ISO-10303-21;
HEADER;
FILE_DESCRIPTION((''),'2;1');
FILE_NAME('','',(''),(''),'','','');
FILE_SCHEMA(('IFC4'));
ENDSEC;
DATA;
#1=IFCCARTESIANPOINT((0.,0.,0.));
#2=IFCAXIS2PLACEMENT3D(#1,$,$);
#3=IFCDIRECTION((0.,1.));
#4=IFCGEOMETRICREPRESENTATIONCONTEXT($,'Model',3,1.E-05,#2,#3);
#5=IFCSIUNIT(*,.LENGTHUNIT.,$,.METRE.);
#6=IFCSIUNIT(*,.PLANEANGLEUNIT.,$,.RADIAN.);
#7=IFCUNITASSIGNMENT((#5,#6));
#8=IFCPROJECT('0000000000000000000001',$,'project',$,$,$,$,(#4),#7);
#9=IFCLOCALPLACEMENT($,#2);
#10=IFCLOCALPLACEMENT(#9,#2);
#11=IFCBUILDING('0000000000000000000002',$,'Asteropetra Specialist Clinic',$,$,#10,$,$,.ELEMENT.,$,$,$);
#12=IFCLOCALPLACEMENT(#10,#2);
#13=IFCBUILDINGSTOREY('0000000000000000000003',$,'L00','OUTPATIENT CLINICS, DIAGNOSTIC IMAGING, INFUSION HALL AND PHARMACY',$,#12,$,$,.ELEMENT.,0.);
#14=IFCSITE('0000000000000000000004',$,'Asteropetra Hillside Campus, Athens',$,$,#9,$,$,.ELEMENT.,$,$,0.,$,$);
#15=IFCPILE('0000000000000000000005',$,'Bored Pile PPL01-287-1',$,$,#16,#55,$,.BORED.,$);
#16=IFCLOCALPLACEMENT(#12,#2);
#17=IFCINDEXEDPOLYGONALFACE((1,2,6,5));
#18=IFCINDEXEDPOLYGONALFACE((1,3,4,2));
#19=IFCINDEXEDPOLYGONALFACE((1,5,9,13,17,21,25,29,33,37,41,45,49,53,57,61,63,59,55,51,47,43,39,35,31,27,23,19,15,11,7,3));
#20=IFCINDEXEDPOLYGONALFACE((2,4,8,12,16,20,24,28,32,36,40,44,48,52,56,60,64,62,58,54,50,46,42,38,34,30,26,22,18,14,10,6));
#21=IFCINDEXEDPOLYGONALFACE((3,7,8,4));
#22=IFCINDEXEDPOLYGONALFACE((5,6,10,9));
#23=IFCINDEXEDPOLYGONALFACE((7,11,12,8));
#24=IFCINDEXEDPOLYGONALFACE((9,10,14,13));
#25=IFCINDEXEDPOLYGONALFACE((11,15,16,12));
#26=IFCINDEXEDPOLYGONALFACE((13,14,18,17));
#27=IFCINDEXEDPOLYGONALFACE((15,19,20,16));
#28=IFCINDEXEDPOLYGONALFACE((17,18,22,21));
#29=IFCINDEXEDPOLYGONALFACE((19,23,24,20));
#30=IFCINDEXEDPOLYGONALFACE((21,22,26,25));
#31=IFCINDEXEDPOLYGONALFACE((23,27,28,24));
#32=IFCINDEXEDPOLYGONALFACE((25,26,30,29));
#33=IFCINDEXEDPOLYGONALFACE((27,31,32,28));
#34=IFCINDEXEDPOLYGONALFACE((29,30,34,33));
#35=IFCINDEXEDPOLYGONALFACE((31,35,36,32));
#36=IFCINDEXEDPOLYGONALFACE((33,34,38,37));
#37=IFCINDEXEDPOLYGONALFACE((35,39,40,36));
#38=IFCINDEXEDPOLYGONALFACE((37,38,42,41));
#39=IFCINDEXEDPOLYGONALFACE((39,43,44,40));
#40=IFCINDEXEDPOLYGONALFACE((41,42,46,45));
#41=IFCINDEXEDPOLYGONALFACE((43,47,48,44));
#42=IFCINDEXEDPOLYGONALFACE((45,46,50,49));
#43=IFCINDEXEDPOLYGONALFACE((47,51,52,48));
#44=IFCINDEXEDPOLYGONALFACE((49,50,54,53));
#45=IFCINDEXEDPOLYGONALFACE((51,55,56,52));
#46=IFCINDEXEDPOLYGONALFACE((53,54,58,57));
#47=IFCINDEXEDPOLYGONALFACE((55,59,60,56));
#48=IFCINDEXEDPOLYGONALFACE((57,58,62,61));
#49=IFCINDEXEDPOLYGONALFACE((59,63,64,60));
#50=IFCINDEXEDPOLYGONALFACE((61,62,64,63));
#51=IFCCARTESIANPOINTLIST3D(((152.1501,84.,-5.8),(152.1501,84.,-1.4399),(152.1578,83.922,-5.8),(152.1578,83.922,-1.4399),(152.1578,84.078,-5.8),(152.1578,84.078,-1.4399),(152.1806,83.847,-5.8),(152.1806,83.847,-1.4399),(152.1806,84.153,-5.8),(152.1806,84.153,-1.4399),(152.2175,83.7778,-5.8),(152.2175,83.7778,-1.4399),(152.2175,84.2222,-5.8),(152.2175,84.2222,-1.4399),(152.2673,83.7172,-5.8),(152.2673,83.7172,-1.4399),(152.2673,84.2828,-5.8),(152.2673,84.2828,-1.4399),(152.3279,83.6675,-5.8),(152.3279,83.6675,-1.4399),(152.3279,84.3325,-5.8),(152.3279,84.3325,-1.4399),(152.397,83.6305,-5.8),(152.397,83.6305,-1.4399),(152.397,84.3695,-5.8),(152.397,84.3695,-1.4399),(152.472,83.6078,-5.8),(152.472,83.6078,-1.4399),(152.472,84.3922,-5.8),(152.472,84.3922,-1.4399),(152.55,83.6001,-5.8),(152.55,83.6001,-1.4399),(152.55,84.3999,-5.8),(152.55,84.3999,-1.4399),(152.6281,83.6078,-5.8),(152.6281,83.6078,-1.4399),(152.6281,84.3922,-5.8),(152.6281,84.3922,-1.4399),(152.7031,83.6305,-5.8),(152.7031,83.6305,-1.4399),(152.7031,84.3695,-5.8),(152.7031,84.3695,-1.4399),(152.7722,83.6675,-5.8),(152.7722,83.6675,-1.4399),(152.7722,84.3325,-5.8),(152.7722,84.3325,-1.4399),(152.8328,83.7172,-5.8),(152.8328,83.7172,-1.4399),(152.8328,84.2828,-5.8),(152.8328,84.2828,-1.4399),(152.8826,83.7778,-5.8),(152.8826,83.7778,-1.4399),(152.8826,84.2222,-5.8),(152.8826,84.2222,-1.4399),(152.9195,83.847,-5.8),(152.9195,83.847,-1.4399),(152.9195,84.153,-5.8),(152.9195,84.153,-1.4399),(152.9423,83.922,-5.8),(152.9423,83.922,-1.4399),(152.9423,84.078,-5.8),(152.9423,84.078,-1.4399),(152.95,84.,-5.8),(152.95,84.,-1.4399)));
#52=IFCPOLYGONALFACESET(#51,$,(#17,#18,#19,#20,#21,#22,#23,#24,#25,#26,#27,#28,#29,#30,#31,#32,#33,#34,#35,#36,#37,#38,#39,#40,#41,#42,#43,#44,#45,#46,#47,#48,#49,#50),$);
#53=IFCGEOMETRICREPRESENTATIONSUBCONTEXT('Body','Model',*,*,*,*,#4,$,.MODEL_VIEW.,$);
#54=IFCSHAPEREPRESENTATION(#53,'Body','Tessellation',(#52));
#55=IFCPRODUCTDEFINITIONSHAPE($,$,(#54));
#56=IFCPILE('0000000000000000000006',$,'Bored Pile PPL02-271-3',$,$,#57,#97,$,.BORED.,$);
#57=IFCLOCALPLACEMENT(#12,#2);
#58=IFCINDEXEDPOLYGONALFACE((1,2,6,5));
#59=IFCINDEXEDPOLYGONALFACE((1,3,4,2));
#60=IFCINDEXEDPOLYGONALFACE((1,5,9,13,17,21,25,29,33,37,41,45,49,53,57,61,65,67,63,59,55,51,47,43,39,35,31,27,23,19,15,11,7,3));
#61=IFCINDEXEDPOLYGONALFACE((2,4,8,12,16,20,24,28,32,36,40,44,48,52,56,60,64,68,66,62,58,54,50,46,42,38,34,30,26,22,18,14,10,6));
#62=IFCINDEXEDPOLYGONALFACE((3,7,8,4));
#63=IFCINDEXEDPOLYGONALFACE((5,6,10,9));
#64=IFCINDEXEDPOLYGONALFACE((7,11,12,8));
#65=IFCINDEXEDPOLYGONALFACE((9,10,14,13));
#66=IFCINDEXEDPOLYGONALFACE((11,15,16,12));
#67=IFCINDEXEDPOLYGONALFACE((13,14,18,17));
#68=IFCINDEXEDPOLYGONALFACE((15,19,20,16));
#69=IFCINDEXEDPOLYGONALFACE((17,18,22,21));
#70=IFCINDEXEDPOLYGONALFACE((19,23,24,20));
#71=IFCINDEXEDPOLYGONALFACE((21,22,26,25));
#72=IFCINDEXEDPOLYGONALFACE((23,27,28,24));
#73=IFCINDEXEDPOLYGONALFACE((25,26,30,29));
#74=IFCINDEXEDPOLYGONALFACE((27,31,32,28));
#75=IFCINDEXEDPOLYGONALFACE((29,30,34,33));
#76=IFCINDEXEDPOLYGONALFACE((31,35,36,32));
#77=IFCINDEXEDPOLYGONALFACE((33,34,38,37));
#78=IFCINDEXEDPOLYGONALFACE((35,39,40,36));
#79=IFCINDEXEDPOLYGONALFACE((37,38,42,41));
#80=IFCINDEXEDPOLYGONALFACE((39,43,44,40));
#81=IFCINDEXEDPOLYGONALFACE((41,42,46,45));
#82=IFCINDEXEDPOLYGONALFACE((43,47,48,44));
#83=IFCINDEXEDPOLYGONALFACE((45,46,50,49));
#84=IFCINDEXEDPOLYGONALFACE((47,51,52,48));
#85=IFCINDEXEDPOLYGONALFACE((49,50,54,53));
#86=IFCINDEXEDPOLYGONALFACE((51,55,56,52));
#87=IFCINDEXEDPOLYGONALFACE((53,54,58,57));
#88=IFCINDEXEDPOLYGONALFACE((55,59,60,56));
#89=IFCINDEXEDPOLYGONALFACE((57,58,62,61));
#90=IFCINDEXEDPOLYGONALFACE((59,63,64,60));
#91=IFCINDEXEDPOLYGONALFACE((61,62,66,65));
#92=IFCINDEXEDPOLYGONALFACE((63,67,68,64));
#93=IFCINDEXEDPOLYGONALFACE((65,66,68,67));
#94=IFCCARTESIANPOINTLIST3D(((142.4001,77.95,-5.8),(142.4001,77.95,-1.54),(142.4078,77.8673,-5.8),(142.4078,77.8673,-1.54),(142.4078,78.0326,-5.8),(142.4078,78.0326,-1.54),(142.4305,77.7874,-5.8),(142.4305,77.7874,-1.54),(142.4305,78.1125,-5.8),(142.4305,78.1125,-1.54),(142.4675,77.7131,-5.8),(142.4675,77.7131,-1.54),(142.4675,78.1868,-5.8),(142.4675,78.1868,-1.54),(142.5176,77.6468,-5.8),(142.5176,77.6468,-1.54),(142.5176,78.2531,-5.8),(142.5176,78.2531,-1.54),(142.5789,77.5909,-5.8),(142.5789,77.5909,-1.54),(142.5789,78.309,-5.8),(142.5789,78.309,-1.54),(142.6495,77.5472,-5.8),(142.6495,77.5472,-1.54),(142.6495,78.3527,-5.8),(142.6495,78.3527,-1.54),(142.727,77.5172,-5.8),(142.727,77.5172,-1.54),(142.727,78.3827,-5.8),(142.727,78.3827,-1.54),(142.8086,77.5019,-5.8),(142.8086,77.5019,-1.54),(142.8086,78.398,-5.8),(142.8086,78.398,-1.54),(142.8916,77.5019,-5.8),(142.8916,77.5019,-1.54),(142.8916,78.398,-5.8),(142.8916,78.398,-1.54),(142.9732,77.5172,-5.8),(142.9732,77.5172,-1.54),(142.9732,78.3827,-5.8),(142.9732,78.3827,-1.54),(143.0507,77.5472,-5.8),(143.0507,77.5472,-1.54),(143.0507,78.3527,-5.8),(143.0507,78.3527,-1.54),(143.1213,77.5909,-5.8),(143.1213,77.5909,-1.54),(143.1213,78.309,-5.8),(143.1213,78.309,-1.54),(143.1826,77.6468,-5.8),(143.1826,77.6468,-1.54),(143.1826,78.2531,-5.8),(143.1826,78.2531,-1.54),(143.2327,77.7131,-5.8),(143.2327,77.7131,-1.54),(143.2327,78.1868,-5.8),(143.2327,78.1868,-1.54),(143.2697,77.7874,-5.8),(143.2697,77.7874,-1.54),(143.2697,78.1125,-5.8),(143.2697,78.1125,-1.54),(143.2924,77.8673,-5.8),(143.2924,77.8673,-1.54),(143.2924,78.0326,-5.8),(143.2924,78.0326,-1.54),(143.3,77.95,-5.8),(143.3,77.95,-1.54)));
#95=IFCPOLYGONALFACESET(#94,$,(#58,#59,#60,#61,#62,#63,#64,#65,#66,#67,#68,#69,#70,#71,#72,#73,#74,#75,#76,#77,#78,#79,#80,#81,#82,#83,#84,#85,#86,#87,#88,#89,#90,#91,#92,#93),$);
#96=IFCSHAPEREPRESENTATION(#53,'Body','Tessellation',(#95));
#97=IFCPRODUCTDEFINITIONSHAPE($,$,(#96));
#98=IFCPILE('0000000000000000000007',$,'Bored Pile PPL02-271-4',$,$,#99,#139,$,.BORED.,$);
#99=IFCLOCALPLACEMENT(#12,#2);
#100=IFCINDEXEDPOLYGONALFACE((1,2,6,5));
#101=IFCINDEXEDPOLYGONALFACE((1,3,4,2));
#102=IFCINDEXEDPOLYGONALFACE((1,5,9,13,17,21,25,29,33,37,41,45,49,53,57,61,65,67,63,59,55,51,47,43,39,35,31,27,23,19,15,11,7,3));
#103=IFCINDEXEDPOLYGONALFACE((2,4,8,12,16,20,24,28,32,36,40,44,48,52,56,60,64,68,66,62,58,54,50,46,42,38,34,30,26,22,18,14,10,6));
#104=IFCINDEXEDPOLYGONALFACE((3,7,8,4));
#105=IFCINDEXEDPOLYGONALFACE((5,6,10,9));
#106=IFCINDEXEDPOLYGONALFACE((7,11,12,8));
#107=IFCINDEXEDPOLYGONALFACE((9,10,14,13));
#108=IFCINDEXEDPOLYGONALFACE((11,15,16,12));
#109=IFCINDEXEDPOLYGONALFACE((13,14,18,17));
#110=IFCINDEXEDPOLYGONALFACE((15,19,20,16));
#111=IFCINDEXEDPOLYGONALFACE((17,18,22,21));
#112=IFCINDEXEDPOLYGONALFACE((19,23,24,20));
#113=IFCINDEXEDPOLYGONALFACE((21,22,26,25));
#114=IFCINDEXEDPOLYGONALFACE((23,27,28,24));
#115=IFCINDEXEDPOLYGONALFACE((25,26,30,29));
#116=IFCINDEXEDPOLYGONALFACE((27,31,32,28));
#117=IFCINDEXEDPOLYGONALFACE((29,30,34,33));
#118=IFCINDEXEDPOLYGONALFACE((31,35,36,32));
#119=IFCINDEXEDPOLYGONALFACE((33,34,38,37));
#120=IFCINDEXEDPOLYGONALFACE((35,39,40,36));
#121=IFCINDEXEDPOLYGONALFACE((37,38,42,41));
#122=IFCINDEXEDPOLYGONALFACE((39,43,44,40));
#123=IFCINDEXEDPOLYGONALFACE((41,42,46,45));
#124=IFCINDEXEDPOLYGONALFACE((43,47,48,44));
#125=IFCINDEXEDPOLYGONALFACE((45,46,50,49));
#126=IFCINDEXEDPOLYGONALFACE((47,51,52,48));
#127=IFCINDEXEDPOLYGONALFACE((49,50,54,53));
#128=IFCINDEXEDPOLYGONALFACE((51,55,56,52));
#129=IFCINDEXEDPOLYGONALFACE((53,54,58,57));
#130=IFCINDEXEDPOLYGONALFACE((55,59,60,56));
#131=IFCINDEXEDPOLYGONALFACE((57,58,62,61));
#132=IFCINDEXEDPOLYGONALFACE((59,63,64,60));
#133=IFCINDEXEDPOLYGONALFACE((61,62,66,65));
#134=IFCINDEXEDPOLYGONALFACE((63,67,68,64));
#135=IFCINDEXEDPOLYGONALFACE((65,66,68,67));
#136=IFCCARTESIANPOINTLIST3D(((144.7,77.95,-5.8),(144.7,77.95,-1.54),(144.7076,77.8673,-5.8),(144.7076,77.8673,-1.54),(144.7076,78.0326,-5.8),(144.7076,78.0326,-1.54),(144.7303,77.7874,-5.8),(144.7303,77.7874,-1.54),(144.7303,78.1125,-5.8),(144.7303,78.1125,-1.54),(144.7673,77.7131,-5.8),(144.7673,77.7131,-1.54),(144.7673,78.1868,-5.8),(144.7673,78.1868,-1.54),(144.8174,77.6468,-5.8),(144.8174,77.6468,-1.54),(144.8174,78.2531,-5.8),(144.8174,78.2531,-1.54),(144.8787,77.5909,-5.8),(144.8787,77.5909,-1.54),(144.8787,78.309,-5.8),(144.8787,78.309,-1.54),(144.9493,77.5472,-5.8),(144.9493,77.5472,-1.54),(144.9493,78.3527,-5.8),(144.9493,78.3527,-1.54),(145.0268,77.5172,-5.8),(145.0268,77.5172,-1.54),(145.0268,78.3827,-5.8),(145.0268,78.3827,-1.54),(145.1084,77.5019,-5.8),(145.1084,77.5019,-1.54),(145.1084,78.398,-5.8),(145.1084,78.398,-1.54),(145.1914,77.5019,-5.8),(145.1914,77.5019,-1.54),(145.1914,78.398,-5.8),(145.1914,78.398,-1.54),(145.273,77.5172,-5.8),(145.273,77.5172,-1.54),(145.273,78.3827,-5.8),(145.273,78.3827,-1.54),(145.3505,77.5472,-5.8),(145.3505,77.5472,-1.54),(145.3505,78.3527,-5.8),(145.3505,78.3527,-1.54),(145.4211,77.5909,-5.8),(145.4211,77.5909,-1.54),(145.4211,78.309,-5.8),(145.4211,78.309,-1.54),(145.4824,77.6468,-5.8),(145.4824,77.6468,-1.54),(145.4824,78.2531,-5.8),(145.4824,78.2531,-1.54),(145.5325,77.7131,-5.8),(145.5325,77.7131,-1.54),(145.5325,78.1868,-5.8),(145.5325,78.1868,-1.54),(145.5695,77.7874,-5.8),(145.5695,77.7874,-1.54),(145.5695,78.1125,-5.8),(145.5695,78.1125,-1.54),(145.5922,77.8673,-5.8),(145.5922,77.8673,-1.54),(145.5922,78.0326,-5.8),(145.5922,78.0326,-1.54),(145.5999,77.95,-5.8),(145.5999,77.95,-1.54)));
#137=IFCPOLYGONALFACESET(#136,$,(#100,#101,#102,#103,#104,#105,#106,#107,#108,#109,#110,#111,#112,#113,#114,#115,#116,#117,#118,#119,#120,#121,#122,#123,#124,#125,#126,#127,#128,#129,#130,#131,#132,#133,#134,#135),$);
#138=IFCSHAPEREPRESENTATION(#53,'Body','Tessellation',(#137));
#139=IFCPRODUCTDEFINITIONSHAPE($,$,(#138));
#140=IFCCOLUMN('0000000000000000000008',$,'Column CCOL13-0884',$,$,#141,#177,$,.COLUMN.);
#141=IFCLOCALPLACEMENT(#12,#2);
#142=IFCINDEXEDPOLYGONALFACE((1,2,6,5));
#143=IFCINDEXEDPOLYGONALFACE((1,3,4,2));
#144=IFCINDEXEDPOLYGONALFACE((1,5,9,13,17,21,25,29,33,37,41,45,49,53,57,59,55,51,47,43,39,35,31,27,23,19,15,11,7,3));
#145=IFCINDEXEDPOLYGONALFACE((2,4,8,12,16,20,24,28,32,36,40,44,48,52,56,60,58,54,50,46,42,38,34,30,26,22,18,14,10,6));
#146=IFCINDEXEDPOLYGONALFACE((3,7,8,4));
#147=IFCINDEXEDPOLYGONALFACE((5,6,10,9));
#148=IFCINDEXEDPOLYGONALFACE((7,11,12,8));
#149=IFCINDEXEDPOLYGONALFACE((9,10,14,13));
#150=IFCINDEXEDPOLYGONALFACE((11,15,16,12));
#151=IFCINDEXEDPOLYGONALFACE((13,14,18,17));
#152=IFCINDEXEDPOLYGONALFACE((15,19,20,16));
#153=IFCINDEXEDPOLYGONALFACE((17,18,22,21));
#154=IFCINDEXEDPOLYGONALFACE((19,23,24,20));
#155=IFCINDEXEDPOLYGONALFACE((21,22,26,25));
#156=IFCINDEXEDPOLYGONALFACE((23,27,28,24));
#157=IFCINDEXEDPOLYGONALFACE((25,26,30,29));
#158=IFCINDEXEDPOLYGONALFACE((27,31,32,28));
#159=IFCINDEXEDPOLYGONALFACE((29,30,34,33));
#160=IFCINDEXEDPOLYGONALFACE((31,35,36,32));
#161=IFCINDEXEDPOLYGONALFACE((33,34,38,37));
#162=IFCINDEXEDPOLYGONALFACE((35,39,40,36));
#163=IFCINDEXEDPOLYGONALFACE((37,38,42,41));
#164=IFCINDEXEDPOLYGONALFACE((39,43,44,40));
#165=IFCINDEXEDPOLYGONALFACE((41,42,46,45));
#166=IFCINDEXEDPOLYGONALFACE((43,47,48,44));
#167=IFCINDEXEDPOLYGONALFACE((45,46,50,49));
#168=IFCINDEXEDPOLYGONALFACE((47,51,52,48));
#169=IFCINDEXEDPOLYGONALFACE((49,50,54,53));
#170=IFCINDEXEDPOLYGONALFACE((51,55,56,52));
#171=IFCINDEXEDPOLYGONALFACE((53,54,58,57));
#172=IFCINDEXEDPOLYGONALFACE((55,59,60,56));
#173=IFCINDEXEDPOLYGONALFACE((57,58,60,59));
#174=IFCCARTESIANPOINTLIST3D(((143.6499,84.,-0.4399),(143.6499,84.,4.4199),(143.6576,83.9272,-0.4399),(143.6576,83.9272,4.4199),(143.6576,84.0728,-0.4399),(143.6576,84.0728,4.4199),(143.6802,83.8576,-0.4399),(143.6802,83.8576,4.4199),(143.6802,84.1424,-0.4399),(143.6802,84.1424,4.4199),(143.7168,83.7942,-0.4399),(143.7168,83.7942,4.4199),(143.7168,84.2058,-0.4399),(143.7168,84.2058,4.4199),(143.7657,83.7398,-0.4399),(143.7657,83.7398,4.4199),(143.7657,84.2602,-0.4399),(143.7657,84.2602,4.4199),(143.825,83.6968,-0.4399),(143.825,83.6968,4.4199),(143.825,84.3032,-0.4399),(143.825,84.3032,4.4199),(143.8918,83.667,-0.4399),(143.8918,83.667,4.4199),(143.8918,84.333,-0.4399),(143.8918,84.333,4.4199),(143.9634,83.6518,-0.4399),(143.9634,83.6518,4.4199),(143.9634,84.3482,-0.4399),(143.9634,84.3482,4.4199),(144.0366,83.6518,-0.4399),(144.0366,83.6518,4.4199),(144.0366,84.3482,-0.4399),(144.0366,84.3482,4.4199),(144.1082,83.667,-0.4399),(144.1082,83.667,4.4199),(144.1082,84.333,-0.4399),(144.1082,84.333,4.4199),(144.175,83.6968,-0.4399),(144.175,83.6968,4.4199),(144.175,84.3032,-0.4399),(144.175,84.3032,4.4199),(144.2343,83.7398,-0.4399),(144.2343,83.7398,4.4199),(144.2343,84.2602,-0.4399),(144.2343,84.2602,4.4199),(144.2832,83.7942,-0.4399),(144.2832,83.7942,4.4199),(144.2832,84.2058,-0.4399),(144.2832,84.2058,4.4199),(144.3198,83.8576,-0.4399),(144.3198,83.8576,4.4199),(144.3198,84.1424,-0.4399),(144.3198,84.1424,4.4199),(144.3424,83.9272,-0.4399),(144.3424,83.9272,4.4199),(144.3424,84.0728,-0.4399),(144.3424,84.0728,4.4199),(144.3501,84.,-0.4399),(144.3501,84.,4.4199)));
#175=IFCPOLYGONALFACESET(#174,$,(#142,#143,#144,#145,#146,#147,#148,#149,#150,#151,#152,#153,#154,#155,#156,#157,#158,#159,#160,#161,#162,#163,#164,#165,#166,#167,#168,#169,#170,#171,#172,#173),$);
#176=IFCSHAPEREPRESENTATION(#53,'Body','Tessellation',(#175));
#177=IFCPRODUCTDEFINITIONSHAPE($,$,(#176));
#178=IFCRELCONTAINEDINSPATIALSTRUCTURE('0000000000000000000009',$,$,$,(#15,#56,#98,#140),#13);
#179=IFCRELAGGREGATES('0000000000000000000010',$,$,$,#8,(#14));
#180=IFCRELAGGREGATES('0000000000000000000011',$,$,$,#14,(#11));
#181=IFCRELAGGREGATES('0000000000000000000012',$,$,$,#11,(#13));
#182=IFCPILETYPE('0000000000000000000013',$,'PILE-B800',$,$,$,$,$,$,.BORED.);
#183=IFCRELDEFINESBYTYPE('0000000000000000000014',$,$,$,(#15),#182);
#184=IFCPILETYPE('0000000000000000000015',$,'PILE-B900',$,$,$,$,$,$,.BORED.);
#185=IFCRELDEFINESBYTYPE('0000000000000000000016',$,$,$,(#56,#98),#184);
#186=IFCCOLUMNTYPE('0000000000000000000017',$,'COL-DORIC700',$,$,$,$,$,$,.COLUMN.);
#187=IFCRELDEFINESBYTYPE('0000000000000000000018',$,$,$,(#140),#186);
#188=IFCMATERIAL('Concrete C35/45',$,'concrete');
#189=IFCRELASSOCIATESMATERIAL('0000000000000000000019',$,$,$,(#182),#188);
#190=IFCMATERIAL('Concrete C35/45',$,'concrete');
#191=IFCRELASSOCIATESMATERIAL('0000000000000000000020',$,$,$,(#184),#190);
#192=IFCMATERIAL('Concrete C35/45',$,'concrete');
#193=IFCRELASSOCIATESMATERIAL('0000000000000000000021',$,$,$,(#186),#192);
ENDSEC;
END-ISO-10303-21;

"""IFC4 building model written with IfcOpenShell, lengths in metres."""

from ifc_helpers import new_model, si_unit, direction, frame, origin, origin_2d, place, context, subcontext, project, spatial, circle, extrude, material, material_profile, profile_set, type_object, element, save


model = new_model("IFC4")

# Units and contexts
model_context = context("Model", 3, precision=1e-05, world=origin(), true_north=direction((0.0, 1.0)))
body_context = subcontext(model_context, "Body", "Model", "MODEL_VIEW")
ifc_project = project(units=[si_unit("LENGTHUNIT", "METRE"), si_unit("PLANEANGLEUNIT", "RADIAN")], contexts=[model_context])

# Site, building, storey
site_placement = place(None, origin())
site = spatial("IfcSite", under=ifc_project, at=site_placement, Name="Asteropetra Hillside Campus, Athens", CompositionType="ELEMENT", RefElevation=0.0)
building_placement = place(site_placement, origin())
building = spatial("IfcBuilding", under=site, at=building_placement, Name="Asteropetra Specialist Clinic", CompositionType="ELEMENT")
storey_placement = place(building_placement, origin())
storey = spatial("IfcBuildingStorey", under=building, at=storey_placement, Name="L00", Description="OUTPATIENT CLINICS, DIAGNOSTIC IMAGING, INFUSION HALL AND PHARMACY", CompositionType="ELEMENT", Elevation=0.0)

# Piles
ifc_material_1 = material(Name="Concrete C35/45", Category="concrete")
ifc_material_profile_1 = material_profile(ifc_material_1, circle(Radius=0.3999, at=origin_2d()), Name="PILE D800")
ifc_profile_set_1 = profile_set([ifc_material_profile_1], Name="Concrete C35/45")
pile_type_1 = type_object("IfcPileType", Name="PILE-B800", PredefinedType="BORED", material=ifc_profile_set_1)
pile_1_placement = place(storey_placement, frame((152.55, 84.0, -1.4399), z_axis=(0.0, 0.0, -1.0), x_axis=(1.0, 0.0, 0.0)))
element("IfcPile", 1, at=pile_1_placement, inside=storey, type_object=pile_type_1, Name="Bored Pile PPL01-287-1", PredefinedType="BORED", context=body_context, shape_type="SweptSolid", body=[
    extrude(circle(Radius=0.3999, at=origin_2d()), origin(), (0.0, 0.0, 1.0), 4.3601),
])
ifc_material_2 = material(Name="Concrete C35/45", Category="concrete")
ifc_material_profile_2 = material_profile(ifc_material_2, circle(Radius=0.45, at=origin_2d()), Name="PILE D900")
ifc_profile_set_2 = profile_set([ifc_material_profile_2], Name="Concrete C35/45")
pile_type_2 = type_object("IfcPileType", Name="PILE-B900", PredefinedType="BORED", material=ifc_profile_set_2)
for number, where, z_axis, x_axis, name in (
    (2, (142.8501, 77.95, -1.54), (0.0, 0.0, -1.0), (1.0, 0.0, 0.0), "Bored Pile PPL02-271-3"),
    (3, (145.1499, 77.95, -1.54), (0.0, 0.0, -1.0), (1.0, 0.0, 0.0), "Bored Pile PPL02-271-4"),
):
    element("IfcPile", number, at=place(storey_placement, frame(where, z_axis=z_axis, x_axis=x_axis)), inside=storey, type_object=pile_type_2, Name=name, PredefinedType="BORED", context=body_context, shape_type="SweptSolid", body=[
        extrude(circle(Radius=0.45, at=origin_2d()), origin(), (0.0, 0.0, 1.0), 4.26),
    ])

# Column
ifc_material_3 = material(Name="Concrete C35/45", Category="concrete")
ifc_material_profile_3 = material_profile(ifc_material_3, circle(Radius=0.3501, at=origin_2d()), Name="RCC D700")
ifc_profile_set_3 = profile_set([ifc_material_profile_3], Name="Concrete C35/45")
column_type = type_object("IfcColumnType", Name="COL-DORIC700", PredefinedType="COLUMN", material=ifc_profile_set_3)
column_placement = place(storey_placement, frame((144.0, 84.0, -0.4399), z_axis=(0.0, 0.0, 1.0), x_axis=(1.0, 0.0, 0.0)))
element("IfcColumn", 4, at=column_placement, inside=storey, type_object=column_type, Name="Column CCOL13-0884", PredefinedType="COLUMN", context=body_context, shape_type="SweptSolid", body=[
    extrude(circle(Radius=0.3501, at=origin_2d()), origin(), (0.0, 0.0, 1.0), 4.8599),
])

save(model, "model.ifc")
